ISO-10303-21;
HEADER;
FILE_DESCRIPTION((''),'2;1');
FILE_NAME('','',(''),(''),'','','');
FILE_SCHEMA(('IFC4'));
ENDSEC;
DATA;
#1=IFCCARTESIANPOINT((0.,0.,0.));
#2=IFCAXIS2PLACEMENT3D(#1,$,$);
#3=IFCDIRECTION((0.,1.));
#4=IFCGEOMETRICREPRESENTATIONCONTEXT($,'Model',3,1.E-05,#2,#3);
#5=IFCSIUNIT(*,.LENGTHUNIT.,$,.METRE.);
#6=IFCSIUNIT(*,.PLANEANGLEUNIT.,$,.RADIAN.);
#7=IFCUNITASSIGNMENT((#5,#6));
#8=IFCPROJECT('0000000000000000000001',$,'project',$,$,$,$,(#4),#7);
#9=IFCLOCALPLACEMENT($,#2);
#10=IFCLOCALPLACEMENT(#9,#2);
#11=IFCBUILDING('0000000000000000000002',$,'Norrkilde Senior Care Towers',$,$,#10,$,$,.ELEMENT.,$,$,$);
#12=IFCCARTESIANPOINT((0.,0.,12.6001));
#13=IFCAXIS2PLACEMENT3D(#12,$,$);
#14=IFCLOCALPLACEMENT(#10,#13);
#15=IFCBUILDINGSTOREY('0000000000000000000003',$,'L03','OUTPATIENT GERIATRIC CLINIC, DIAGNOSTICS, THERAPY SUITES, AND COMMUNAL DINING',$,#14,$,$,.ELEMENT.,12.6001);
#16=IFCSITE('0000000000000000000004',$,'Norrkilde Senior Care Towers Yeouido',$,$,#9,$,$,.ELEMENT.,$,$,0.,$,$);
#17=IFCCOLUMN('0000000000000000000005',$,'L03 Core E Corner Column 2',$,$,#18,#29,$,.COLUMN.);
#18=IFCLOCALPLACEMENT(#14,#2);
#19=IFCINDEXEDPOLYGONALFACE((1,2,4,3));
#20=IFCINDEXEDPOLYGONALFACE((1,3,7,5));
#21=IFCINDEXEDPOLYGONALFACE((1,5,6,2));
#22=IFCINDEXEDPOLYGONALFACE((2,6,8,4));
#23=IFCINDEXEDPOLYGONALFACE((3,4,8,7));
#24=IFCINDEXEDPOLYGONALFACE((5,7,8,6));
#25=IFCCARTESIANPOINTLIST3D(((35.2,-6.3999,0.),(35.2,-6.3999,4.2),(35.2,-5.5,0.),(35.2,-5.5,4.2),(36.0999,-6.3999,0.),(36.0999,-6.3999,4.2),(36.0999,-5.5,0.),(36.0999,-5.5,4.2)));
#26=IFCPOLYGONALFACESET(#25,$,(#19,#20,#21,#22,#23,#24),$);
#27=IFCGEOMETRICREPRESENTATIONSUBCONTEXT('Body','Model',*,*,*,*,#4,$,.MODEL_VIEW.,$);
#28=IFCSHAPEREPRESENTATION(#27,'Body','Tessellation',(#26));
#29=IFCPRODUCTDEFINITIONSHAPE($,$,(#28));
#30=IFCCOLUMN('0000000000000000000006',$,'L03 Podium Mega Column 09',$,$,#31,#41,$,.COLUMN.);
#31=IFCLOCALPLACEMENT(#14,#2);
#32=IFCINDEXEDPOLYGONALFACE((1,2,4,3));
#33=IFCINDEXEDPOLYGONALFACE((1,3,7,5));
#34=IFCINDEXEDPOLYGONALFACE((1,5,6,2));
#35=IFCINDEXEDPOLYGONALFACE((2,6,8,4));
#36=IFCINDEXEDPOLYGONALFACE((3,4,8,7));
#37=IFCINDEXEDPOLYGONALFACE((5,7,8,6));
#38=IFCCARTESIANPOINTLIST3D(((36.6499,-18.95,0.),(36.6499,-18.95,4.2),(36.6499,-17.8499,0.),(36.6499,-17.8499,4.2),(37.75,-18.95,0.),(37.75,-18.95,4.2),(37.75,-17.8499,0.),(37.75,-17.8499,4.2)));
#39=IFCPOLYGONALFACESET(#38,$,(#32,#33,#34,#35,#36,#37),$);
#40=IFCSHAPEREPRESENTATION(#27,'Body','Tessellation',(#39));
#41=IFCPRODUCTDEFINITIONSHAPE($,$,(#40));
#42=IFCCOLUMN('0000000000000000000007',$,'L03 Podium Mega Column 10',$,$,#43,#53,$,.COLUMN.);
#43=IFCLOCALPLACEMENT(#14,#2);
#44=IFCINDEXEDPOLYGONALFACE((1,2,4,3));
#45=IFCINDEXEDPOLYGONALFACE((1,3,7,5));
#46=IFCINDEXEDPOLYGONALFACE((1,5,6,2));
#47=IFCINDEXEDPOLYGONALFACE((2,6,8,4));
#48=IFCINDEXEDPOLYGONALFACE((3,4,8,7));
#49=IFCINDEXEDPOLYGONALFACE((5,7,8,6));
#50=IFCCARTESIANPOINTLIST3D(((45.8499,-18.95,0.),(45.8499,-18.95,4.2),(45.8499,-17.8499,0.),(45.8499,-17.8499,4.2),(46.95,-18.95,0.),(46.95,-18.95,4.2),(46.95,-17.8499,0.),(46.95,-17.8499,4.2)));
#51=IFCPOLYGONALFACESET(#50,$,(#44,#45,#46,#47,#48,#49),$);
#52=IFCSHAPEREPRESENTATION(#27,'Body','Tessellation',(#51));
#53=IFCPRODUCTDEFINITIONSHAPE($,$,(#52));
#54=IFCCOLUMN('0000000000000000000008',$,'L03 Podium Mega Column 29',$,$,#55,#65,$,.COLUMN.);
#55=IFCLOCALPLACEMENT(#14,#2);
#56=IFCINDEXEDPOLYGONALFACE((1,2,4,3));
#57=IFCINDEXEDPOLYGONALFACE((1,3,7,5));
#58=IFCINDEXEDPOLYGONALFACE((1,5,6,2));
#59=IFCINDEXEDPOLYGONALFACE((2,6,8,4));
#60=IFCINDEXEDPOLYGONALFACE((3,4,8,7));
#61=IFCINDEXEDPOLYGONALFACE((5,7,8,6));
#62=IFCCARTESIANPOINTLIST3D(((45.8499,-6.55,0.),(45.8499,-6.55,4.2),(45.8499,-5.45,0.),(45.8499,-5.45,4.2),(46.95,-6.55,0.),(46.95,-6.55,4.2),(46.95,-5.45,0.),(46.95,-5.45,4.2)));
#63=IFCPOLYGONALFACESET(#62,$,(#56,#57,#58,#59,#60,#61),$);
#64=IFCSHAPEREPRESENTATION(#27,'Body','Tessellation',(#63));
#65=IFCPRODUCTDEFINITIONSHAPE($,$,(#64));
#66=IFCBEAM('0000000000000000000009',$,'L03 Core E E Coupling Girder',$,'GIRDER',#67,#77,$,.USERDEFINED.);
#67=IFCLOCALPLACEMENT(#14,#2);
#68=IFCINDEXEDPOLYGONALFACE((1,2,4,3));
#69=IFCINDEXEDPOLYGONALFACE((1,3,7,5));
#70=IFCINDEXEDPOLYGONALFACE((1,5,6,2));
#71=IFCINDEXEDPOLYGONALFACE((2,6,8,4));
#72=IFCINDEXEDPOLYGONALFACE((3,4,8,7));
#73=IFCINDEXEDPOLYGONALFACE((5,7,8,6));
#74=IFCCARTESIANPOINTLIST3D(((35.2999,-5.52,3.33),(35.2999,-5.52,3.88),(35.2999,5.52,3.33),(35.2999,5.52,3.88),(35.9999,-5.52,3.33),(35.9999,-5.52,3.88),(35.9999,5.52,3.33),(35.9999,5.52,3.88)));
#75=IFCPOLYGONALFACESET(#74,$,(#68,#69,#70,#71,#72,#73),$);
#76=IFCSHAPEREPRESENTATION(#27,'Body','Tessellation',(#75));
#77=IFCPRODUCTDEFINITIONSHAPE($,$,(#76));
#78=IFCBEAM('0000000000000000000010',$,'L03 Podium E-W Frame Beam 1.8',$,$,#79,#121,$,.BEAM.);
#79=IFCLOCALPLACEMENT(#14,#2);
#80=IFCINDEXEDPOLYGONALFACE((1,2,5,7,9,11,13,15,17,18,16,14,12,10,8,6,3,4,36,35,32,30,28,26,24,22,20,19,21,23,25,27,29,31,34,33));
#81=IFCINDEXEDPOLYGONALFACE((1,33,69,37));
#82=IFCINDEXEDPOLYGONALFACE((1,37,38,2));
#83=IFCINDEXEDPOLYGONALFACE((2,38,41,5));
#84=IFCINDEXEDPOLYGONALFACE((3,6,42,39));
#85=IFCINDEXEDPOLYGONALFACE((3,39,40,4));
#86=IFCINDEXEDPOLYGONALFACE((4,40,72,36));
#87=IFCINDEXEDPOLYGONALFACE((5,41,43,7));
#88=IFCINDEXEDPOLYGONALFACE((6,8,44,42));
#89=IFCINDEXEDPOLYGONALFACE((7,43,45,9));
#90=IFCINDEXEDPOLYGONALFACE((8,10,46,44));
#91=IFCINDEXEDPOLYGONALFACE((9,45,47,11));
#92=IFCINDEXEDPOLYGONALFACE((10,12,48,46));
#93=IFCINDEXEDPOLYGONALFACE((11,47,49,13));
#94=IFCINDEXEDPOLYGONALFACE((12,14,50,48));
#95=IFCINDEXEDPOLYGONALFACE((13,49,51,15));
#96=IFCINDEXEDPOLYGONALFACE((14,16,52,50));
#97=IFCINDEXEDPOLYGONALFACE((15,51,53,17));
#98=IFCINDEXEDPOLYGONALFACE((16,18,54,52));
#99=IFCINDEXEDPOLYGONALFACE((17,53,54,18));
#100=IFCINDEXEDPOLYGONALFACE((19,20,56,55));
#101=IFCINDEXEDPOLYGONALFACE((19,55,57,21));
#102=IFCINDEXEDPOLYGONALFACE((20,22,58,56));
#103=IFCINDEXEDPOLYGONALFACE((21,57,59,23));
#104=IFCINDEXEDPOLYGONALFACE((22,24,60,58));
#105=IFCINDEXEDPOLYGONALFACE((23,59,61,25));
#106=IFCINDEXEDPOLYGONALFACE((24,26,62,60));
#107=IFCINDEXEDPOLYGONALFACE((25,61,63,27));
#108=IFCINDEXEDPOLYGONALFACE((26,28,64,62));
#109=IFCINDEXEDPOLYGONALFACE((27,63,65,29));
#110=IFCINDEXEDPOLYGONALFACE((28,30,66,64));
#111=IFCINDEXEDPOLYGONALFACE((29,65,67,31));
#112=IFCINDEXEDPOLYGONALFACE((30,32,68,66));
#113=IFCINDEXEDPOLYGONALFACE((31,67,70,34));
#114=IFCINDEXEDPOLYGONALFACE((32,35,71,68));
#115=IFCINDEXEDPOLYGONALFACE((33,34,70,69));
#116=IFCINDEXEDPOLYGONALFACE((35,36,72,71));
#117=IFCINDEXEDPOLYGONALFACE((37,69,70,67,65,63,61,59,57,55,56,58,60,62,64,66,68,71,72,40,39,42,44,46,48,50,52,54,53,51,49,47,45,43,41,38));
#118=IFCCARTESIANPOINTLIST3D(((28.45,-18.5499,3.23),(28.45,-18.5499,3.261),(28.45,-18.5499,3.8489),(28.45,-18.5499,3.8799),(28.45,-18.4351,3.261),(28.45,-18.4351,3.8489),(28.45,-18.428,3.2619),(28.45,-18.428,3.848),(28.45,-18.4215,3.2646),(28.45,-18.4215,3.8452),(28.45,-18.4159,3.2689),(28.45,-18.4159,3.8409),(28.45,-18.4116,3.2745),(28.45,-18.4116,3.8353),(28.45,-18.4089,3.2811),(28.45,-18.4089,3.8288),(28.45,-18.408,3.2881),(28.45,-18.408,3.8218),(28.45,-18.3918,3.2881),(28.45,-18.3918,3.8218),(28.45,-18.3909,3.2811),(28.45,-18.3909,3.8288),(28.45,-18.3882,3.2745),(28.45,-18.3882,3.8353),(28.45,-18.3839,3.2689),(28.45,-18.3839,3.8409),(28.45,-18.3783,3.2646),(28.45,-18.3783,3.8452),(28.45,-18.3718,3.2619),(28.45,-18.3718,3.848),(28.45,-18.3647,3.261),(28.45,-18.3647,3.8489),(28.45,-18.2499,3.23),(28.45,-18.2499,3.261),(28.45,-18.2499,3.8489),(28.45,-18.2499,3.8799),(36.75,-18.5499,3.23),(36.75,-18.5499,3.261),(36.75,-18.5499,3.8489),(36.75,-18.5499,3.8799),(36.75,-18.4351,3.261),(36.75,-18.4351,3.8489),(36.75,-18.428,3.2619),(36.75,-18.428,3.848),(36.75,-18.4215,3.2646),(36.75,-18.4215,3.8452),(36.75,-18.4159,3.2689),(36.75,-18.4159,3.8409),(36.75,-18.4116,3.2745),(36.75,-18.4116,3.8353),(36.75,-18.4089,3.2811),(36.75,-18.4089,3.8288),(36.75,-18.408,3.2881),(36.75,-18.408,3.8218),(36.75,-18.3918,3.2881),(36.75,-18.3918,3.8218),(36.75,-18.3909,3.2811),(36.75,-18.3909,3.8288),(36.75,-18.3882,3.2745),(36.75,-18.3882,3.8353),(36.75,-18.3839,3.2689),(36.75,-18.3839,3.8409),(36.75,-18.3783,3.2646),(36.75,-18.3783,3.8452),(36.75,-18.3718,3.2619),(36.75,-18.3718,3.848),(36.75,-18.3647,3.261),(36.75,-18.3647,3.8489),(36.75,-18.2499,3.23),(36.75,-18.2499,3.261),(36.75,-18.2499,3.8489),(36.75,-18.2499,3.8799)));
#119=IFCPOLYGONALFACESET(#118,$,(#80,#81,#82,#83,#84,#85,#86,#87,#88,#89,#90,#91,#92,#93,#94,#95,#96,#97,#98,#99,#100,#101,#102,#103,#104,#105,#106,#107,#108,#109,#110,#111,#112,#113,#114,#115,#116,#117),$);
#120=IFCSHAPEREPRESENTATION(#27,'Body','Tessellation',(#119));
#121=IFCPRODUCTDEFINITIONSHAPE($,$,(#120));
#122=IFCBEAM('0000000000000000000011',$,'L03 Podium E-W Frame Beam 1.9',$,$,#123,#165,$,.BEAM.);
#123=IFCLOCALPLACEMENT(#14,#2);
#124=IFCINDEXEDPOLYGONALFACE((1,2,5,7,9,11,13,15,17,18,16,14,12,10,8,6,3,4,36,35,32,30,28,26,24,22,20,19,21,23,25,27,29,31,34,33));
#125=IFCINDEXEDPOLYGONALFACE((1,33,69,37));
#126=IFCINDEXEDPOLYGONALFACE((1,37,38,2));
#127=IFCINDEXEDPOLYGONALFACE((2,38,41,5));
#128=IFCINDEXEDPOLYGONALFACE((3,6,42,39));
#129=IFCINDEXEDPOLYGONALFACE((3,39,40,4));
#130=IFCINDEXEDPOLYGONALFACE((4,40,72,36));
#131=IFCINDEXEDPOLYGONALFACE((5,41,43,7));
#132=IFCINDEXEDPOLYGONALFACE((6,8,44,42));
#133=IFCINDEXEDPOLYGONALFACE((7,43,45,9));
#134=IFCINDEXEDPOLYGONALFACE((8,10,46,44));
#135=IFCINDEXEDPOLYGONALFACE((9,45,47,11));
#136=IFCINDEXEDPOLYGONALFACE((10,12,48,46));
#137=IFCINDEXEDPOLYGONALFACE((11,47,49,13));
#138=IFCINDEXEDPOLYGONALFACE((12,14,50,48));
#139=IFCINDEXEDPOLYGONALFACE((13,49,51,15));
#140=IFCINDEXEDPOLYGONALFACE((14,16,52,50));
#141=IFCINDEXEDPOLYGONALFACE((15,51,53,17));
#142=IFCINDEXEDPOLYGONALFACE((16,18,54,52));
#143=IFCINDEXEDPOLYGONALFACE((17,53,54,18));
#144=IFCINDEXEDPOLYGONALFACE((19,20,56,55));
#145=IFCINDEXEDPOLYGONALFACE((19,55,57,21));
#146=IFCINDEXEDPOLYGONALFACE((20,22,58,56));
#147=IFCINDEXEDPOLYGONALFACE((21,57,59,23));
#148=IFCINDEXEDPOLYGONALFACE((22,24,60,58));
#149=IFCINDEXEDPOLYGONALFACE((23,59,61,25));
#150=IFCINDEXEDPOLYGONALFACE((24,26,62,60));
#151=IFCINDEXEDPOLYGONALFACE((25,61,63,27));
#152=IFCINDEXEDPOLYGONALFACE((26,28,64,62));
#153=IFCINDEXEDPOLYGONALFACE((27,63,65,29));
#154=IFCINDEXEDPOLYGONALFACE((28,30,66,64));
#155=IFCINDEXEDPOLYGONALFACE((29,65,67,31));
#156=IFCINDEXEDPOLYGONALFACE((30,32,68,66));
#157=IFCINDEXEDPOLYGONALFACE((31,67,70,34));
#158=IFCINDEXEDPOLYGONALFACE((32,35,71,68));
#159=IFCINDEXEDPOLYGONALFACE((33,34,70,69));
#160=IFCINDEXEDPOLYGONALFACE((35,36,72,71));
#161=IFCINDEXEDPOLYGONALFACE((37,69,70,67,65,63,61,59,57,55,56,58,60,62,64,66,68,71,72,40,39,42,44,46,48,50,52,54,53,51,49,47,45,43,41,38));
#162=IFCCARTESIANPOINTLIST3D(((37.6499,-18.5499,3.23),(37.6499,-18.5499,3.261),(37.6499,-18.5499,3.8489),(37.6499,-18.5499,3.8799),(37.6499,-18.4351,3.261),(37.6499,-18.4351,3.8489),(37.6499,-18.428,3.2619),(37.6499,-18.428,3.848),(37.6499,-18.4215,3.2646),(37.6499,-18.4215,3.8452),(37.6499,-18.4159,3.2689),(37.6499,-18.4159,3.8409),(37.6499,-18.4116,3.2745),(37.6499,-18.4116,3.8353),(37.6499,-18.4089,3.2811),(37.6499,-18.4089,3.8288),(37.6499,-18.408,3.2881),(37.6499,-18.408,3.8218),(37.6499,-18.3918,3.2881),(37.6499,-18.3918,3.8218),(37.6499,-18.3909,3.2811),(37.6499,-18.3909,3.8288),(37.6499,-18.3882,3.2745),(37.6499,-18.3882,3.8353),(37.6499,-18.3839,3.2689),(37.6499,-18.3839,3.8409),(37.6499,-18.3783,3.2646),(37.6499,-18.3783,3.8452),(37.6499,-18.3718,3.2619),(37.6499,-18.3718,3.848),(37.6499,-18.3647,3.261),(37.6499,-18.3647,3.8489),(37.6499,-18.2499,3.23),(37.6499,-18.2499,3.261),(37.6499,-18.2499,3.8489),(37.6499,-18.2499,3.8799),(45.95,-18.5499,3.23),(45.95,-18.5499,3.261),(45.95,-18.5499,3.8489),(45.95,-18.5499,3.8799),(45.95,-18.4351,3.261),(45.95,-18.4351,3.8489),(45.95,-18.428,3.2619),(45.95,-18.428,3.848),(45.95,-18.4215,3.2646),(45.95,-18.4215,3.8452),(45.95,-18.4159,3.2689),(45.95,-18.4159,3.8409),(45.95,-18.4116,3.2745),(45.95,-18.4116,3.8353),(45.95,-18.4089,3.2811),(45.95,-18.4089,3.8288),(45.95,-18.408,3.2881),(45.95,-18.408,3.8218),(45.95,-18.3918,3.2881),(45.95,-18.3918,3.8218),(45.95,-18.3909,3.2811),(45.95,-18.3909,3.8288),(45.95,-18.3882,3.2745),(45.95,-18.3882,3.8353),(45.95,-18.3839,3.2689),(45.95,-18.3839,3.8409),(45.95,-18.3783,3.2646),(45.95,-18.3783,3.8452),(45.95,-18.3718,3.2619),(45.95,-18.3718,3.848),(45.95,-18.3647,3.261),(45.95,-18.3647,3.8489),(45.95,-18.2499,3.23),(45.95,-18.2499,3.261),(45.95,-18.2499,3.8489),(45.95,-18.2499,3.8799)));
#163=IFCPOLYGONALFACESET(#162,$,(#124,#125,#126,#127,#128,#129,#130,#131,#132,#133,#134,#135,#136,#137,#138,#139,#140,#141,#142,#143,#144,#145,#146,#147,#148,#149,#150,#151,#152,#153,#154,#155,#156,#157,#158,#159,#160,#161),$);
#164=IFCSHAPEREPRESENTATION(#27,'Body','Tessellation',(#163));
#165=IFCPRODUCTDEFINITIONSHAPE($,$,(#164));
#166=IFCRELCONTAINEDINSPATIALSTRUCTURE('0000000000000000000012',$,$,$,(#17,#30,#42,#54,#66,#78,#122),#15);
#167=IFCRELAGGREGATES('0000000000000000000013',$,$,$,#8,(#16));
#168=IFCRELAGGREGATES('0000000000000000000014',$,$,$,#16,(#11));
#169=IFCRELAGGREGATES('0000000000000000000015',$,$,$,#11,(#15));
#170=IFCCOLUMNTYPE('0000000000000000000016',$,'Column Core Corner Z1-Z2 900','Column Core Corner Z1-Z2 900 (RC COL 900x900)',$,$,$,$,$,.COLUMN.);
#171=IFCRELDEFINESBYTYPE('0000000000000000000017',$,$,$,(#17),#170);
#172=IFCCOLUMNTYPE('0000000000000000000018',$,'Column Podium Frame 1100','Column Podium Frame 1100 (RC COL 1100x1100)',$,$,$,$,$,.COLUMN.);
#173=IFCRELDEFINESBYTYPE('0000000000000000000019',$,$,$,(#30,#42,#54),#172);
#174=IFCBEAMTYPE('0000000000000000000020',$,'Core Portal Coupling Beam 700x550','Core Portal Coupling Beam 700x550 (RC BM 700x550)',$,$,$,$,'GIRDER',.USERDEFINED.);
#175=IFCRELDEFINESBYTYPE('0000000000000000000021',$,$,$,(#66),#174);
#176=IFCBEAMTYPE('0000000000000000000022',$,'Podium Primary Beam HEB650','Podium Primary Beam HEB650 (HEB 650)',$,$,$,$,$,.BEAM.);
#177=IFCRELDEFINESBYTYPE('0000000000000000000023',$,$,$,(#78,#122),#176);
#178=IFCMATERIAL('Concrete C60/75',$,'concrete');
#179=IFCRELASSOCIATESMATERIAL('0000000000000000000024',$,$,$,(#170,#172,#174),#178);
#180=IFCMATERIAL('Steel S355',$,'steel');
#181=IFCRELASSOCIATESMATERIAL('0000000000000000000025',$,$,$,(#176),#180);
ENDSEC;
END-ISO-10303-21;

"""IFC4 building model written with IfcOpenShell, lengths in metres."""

from ifc_helpers import new_model, si_unit, direction, frame, origin, origin_2d, place, context, subcontext, project, spatial, rectangle, i_section, extrude, source, transform, mapped, material, material_profile, profile_set, type_object, type_shapes, element, save


model = new_model("IFC4")

# Units and contexts
model_context = context("Model", 3, precision=1e-05, world=origin(), true_north=direction((0.0, 1.0)))
body_context = subcontext(model_context, "Body", "Model", "MODEL_VIEW")
ifc_project = project(units=[si_unit("LENGTHUNIT", "METRE"), si_unit("PLANEANGLEUNIT", "RADIAN")], contexts=[model_context])

# Site, building, storey
site_placement = place(None, origin())
site = spatial("IfcSite", under=ifc_project, at=site_placement, Name="Norrkilde Senior Care Towers Yeouido", CompositionType="ELEMENT", RefElevation=0.0)
building_placement = place(site_placement, origin())
building = spatial("IfcBuilding", under=site, at=building_placement, Name="Norrkilde Senior Care Towers", CompositionType="ELEMENT")
storey_placement = place(building_placement, frame((0.0, 0.0, 12.6001)))
storey = spatial("IfcBuildingStorey", under=building, at=storey_placement, Name="L03", Description="OUTPATIENT GERIATRIC CLINIC, DIAGNOSTICS, THERAPY SUITES, AND COMMUNAL DINING", CompositionType="ELEMENT", Elevation=12.6001)

# Columns
ifc_material_1 = material(Name="Concrete C60/75", Category="concrete")
ifc_material_profile_1 = material_profile(ifc_material_1, rectangle(XDim=0.8999, YDim=0.8999, at=origin_2d()), Name="RC COL 900x900")
ifc_profile_set_1 = profile_set([ifc_material_profile_1], Name="Concrete C60/75")
column_type_1 = type_object("IfcColumnType", Name="Column Core Corner Z1-Z2 900", Description="Column Core Corner Z1-Z2 900 (RC COL 900x900)", PredefinedType="COLUMN", material=ifc_profile_set_1)
shared_shape_1 = source(origin(), body_context, "Body", "SweptSolid", [
    extrude(rectangle(XDim=0.8999, YDim=0.8999, at=origin_2d()), origin(), (0.0, 0.0, 1.0), 4.2),
])
type_shapes(column_type_1, [shared_shape_1])
column_placement = place(storey_placement, frame((35.6499, -5.95, 0.0), z_axis=(0.0, 0.0, 1.0), x_axis=(1.0, 0.0, 0.0)))
element("IfcColumn", 1, at=column_placement, inside=storey, type_object=column_type_1, Name="L03 Core E Corner Column 2", PredefinedType="COLUMN", context=body_context, shape_type="MappedRepresentation", body=[
    mapped(shared_shape_1, transform((0.0, 0.0, 0.0), x_axis=(1.0, 0.0, 0.0), y_axis=(0.0, 1.0, 0.0), z_axis=(0.0, 0.0, 1.0), scale=1.0)),
])
ifc_material_profile_2 = material_profile(ifc_material_1, rectangle(XDim=1.1001, YDim=1.1001, at=origin_2d()), Name="RC COL 1100x1100")
ifc_profile_set_2 = profile_set([ifc_material_profile_2], Name="Concrete C60/75")
column_type_2 = type_object("IfcColumnType", Name="Column Podium Frame 1100", Description="Column Podium Frame 1100 (RC COL 1100x1100)", PredefinedType="COLUMN", material=ifc_profile_set_2)
shared_shape_2 = source(origin(), body_context, "Body", "SweptSolid", [
    extrude(rectangle(XDim=1.1001, YDim=1.1001, at=origin_2d()), origin(), (0.0, 0.0, 1.0), 4.2),
])
type_shapes(column_type_2, [shared_shape_2])
for number, where, z_axis, x_axis, name in (
    (2, (37.2, -18.3999, 0.0), (0.0, 0.0, 1.0), (1.0, 0.0, 0.0), "L03 Podium Mega Column 09"),
    (3, (46.3999, -18.3999, 0.0), (0.0, 0.0, 1.0), (1.0, 0.0, 0.0), "L03 Podium Mega Column 10"),
    (4, (46.3999, -6.0, 0.0), (0.0, 0.0, 1.0), (1.0, 0.0, 0.0), "L03 Podium Mega Column 29"),
):
    element("IfcColumn", number, at=place(storey_placement, frame(where, z_axis=z_axis, x_axis=x_axis)), inside=storey, type_object=column_type_2, Name=name, PredefinedType="COLUMN", context=body_context, shape_type="MappedRepresentation", body=[
        mapped(shared_shape_2, transform((0.0, 0.0, 0.0), x_axis=(1.0, 0.0, 0.0), y_axis=(0.0, 1.0, 0.0), z_axis=(0.0, 0.0, 1.0), scale=1.0)),
    ])

# Beams
ifc_material_profile_3 = material_profile(ifc_material_1, rectangle(XDim=0.7, YDim=0.55, at=origin_2d()), Name="RC BM 700x550")
ifc_profile_set_3 = profile_set([ifc_material_profile_3], Name="Concrete C60/75")
beam_type_1 = type_object("IfcBeamType", Name="Core Portal Coupling Beam 700x550", Description="Core Portal Coupling Beam 700x550 (RC BM 700x550)", ElementType="GIRDER", PredefinedType="USERDEFINED", material=ifc_profile_set_3)
shared_shape_3 = source(origin(), body_context, "Body", "SweptSolid", [
    extrude(rectangle(XDim=0.7, YDim=0.55, at=origin_2d()), origin(), (0.0, 0.0, 1.0), 11.04),
])
type_shapes(beam_type_1, [shared_shape_3])
beam_1_placement = place(storey_placement, frame((35.6499, -5.52, 3.605), z_axis=(0.0, 1.0, 0.0), x_axis=(-1.0, 0.0, 0.0)))
element("IfcBeam", 5, at=beam_1_placement, inside=storey, type_object=beam_type_1, Name="L03 Core E E Coupling Girder", ObjectType="GIRDER", PredefinedType="USERDEFINED", context=body_context, shape_type="MappedRepresentation", body=[
    mapped(shared_shape_3, transform((0.0, 0.0, 0.0), x_axis=(1.0, 0.0, 0.0), y_axis=(0.0, 1.0, 0.0), z_axis=(0.0, 0.0, 1.0), scale=1.0)),
])
ifc_material_2 = material(Name="Steel S355", Category="steel")
ifc_material_profile_4 = material_profile(ifc_material_2, i_section(OverallWidth=0.3, OverallDepth=0.6499, WebThickness=0.0161, FlangeThickness=0.031, FilletRadius=0.0271, at=origin_2d()), Name="HEB 650")
ifc_profile_set_4 = profile_set([ifc_material_profile_4], Name="Steel S355")
beam_type_2 = type_object("IfcBeamType", Name="Podium Primary Beam HEB650", Description="Podium Primary Beam HEB650 (HEB 650)", PredefinedType="BEAM", material=ifc_profile_set_4)
shared_shape_4 = source(origin(), body_context, "Body", "SweptSolid", [
    extrude(i_section(OverallWidth=0.3, OverallDepth=0.6499, WebThickness=0.0161, FlangeThickness=0.031, FilletRadius=0.0271, at=origin_2d()), origin(), (0.0, 0.0, 1.0), 8.3),
])
for number, where, z_axis, x_axis, name in (
    (6, (28.45, -18.3999, 3.5549), (1.0, 0.0, 0.0), (0.0, 1.0, 0.0), "L03 Podium E-W Frame Beam 1.8"),
    (7, (37.6499, -18.3999, 3.5549), (1.0, 0.0, 0.0), (0.0, 1.0, 0.0), "L03 Podium E-W Frame Beam 1.9"),
):
    element("IfcBeam", number, at=place(storey_placement, frame(where, z_axis=z_axis, x_axis=x_axis)), inside=storey, type_object=beam_type_2, Name=name, PredefinedType="BEAM", context=body_context, shape_type="MappedRepresentation", body=[
        mapped(shared_shape_4, transform((0.0, 0.0, 0.0), x_axis=(1.0, 0.0, 0.0), y_axis=(0.0, 1.0, 0.0), z_axis=(0.0, 0.0, 1.0), scale=1.0)),
    ])

save(model, "model.ifc")
